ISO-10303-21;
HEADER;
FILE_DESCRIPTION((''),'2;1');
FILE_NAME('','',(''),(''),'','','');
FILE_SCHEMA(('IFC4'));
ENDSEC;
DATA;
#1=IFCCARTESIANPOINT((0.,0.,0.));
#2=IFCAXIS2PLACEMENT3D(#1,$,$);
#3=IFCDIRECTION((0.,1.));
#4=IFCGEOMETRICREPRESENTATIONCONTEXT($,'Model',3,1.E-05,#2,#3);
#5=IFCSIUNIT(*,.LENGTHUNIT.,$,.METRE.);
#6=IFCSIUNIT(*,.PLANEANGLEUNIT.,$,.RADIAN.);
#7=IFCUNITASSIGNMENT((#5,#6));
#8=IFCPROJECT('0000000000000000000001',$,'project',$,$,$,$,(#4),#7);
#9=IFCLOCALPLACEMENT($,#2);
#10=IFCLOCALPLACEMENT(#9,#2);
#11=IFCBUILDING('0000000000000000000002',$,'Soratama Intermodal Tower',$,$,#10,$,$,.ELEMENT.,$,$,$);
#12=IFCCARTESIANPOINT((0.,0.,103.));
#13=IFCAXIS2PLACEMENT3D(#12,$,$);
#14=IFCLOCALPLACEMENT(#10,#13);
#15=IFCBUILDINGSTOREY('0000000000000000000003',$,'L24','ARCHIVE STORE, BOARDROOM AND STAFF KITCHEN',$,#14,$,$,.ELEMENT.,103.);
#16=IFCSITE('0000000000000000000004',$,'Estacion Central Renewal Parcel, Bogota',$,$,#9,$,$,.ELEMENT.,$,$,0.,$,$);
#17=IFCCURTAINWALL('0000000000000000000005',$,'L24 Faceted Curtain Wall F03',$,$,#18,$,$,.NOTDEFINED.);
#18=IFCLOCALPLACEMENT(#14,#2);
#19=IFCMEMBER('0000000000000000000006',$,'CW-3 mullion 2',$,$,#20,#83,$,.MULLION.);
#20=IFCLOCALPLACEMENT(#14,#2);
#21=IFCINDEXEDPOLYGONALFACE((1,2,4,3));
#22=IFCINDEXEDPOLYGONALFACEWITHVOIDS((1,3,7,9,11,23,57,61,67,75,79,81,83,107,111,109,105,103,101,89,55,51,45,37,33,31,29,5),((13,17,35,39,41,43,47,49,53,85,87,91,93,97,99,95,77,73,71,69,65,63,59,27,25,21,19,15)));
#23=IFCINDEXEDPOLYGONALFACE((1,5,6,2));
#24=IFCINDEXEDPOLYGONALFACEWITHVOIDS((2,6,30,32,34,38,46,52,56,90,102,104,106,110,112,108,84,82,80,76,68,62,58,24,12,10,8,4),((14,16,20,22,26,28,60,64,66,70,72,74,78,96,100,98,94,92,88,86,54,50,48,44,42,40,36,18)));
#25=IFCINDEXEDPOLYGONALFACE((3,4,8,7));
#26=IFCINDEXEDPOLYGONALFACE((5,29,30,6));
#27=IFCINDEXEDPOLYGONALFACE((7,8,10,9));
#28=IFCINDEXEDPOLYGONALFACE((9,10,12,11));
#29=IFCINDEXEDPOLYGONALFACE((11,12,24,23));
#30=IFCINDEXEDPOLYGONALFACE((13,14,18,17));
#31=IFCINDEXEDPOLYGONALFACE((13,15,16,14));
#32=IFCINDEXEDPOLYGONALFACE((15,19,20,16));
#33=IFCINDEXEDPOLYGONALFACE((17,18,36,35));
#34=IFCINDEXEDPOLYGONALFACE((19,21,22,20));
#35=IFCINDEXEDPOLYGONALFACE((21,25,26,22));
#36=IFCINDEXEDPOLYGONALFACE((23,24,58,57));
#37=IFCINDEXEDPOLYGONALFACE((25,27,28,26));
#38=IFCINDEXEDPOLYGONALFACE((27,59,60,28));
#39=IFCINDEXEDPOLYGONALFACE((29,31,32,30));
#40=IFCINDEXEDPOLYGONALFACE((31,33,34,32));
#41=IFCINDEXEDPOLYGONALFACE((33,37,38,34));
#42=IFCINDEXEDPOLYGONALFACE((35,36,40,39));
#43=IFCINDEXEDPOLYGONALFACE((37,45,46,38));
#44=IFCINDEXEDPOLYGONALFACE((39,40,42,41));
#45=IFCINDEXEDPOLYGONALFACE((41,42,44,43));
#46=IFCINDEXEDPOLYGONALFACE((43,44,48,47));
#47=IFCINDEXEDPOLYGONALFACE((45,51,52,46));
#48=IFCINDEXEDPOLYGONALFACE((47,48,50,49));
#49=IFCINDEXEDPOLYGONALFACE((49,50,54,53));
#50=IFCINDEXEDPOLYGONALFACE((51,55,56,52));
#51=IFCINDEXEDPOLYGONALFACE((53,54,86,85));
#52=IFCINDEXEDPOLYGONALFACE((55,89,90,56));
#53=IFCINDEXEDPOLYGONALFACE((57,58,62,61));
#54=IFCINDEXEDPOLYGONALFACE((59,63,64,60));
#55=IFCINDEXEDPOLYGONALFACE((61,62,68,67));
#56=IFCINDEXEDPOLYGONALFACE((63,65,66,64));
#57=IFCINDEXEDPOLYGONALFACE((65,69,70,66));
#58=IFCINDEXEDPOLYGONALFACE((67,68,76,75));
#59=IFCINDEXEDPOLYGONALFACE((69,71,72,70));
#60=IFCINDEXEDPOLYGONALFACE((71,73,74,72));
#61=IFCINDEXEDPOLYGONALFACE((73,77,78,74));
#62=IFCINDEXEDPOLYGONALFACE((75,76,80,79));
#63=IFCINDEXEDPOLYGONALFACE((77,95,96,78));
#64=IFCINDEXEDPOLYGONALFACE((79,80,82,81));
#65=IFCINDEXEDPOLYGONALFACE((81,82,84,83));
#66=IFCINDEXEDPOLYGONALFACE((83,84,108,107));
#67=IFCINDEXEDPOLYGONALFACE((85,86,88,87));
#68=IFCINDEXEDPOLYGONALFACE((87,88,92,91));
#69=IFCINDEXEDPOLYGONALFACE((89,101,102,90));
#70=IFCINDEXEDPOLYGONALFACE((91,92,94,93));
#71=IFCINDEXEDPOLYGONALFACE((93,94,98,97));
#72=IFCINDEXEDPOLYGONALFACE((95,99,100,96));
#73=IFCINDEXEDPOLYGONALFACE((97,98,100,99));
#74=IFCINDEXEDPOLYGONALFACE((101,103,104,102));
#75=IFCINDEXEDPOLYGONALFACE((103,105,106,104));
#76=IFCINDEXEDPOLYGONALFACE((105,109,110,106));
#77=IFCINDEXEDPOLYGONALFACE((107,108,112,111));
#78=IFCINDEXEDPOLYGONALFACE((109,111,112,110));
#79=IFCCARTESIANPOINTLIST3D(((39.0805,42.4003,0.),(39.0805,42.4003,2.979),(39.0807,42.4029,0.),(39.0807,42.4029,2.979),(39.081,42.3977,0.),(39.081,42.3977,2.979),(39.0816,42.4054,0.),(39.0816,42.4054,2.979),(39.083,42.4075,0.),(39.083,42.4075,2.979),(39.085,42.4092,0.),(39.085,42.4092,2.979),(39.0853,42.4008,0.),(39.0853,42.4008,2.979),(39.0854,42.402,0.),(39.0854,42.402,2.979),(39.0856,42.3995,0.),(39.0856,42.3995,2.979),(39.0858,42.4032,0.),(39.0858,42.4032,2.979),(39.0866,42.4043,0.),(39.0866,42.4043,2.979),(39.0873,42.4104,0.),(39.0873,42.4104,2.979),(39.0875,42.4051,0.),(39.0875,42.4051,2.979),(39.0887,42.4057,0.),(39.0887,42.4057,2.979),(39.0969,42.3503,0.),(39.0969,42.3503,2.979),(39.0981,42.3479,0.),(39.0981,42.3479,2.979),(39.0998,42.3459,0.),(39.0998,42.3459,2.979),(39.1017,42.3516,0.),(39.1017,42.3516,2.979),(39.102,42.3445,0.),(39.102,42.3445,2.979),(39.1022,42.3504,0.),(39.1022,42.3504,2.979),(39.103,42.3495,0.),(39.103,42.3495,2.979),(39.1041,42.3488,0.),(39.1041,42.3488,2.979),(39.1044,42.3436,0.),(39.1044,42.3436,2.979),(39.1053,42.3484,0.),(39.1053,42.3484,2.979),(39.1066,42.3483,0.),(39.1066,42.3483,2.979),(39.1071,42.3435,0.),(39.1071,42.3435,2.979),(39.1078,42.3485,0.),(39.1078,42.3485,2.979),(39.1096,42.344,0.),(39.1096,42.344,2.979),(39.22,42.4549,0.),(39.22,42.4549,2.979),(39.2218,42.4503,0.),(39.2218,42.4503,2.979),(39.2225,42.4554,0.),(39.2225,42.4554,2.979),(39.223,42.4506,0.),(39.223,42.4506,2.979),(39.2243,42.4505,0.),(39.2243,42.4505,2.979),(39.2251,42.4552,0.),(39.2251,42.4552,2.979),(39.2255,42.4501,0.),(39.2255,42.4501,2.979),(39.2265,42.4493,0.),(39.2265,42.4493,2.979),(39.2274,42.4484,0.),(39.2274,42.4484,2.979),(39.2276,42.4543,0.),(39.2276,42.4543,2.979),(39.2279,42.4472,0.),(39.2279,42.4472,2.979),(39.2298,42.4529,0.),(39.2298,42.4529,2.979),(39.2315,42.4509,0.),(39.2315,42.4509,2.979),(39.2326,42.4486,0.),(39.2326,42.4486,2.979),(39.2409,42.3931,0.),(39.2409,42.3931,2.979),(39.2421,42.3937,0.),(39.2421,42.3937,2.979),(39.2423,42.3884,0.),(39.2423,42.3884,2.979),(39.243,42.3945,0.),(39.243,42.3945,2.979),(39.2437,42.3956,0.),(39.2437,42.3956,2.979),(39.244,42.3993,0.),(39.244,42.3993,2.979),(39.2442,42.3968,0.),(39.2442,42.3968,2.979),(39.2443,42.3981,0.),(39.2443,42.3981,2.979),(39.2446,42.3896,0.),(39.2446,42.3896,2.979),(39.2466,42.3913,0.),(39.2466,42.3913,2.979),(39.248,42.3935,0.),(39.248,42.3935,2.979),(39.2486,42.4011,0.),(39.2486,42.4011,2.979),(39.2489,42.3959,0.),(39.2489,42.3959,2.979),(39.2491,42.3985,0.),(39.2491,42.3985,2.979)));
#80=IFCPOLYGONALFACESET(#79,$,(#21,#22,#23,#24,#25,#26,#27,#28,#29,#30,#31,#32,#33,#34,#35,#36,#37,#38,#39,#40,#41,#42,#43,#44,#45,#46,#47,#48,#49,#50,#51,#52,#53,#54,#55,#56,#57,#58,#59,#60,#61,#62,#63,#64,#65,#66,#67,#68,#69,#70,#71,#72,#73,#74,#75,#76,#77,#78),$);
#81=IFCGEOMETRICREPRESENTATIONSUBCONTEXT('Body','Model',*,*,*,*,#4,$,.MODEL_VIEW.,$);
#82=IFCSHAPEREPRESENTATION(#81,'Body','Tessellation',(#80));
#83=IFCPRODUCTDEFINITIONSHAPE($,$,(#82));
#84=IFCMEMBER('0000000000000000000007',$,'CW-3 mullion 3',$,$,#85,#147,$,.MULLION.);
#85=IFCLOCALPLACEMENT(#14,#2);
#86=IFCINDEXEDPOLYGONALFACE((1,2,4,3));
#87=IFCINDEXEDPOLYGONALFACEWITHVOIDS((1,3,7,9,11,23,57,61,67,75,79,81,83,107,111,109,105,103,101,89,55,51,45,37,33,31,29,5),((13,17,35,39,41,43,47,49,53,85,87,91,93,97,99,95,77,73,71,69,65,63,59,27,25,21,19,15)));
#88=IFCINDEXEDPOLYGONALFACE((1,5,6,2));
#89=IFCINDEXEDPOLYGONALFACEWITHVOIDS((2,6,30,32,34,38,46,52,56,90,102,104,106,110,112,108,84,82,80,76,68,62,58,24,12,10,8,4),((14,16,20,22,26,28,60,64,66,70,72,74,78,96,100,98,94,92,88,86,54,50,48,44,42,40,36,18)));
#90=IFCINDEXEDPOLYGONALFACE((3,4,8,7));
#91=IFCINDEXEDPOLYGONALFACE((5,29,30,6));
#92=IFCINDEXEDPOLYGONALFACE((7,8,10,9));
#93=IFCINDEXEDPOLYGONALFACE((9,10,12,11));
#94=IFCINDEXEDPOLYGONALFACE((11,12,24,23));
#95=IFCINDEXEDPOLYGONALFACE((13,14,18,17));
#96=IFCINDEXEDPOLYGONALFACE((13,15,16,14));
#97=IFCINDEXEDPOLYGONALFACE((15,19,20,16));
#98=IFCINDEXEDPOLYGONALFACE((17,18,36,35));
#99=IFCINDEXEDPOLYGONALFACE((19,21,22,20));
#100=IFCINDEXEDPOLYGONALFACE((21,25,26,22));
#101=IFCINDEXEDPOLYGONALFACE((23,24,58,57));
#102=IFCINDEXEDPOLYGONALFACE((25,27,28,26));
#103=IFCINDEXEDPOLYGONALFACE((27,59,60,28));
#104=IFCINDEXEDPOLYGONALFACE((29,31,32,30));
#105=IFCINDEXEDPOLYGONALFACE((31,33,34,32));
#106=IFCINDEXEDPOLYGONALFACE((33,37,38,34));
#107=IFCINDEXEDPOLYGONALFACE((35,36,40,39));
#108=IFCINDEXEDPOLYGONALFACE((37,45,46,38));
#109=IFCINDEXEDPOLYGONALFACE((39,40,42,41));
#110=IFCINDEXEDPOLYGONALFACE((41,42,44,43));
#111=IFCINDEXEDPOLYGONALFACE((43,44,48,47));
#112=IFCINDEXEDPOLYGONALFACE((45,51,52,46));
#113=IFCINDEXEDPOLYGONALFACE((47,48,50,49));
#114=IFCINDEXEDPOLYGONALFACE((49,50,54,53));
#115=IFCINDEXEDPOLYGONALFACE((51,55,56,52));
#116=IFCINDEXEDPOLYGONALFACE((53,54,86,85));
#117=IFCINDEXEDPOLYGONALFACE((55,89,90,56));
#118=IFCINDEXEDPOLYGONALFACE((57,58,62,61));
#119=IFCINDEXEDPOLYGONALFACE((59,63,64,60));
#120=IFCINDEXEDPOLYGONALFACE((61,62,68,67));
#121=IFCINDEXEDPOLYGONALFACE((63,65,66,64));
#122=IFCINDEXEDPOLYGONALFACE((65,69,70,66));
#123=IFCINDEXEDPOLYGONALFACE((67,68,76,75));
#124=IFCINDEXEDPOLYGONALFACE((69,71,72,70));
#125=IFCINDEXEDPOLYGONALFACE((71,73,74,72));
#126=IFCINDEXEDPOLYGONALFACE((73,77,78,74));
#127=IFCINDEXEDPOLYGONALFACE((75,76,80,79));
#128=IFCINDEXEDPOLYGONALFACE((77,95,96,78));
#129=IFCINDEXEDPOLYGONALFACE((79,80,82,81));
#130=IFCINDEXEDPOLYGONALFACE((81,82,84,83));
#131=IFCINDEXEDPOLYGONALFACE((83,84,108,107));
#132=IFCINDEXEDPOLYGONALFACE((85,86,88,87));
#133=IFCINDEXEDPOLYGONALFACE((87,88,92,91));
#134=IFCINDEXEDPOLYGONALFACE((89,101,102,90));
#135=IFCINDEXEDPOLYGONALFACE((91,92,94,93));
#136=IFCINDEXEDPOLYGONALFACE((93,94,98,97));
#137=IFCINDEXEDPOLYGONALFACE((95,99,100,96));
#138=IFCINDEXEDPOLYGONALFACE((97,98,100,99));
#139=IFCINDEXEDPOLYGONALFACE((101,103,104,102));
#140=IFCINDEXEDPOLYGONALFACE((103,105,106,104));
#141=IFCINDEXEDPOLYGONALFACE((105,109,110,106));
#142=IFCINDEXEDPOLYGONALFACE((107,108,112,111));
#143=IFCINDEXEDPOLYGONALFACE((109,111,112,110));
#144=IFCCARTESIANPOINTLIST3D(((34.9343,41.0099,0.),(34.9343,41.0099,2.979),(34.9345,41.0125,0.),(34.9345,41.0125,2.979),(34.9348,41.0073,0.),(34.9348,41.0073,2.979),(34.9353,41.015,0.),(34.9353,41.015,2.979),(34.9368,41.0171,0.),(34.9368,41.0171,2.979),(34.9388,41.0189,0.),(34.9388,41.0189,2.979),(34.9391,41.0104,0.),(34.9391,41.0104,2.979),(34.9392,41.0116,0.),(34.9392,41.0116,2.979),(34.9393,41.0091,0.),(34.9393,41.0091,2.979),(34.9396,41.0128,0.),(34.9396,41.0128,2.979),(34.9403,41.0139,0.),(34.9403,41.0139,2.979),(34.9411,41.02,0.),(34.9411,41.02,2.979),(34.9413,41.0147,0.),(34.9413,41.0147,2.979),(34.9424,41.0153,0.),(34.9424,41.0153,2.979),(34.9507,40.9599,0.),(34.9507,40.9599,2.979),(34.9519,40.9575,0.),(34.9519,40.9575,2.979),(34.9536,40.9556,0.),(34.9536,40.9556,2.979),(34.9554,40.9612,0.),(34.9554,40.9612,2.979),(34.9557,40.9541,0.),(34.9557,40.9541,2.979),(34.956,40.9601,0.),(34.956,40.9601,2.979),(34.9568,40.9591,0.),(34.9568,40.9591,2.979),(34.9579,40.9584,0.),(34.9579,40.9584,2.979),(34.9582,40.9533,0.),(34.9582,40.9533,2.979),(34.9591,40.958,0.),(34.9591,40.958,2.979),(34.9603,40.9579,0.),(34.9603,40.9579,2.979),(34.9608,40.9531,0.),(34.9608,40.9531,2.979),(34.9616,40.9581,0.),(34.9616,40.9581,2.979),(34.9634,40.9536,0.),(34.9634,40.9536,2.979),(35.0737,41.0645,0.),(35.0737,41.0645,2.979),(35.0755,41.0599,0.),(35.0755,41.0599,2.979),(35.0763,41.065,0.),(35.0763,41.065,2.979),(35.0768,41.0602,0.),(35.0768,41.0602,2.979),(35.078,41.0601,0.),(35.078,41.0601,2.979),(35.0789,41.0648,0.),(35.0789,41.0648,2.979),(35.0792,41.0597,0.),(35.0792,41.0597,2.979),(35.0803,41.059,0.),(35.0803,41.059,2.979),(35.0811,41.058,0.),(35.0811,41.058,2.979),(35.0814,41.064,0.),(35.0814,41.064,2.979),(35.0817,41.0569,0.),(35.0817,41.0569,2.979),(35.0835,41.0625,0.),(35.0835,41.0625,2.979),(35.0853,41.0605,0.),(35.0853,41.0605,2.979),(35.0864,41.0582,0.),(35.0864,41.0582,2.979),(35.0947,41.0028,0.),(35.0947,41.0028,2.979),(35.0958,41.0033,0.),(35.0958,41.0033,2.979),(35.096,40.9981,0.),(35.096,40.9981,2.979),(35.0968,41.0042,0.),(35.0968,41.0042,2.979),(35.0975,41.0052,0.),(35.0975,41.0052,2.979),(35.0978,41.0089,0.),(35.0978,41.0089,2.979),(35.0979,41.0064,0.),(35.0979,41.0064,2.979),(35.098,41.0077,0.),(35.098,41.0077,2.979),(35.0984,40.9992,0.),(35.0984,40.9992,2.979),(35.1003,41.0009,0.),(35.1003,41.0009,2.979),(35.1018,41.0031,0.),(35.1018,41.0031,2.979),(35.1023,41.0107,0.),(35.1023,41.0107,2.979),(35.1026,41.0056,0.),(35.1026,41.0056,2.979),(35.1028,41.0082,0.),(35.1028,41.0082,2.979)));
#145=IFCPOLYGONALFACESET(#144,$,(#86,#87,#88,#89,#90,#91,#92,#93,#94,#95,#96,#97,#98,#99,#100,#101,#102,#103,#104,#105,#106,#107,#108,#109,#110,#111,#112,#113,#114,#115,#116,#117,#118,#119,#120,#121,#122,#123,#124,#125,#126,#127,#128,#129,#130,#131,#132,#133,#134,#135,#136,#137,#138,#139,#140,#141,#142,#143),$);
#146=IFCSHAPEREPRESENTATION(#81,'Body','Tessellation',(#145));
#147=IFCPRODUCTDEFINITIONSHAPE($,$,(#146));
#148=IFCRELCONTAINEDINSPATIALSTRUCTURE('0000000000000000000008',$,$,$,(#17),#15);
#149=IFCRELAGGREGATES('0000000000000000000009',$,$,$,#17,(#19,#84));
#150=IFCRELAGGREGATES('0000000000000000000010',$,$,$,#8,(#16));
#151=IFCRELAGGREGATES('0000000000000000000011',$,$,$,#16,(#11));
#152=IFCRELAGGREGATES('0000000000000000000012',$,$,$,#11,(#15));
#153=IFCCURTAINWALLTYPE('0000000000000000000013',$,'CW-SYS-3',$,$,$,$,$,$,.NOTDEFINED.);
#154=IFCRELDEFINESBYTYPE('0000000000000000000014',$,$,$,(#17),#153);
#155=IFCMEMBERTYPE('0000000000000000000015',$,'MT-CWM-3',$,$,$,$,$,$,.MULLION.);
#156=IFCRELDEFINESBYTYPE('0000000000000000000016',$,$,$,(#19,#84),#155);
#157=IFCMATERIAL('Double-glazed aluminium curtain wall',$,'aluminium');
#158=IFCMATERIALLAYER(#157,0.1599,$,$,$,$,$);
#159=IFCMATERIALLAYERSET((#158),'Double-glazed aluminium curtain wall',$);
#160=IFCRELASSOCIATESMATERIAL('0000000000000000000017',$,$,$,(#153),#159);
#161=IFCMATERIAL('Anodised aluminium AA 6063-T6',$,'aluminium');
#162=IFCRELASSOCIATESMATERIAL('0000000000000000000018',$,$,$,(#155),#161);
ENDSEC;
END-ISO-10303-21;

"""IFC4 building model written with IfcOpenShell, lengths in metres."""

from ifc_helpers import new_model, si_unit, direction, frame, origin, origin_2d, place, context, subcontext, project, spatial, hollow_rectangle, extrude, material, layer, layer_set, material_profile, profile_set, type_object, element, aggregate, save


model = new_model("IFC4")

# Units and contexts
model_context = context("Model", 3, precision=1e-05, world=origin(), true_north=direction((0.0, 1.0)))
body_context = subcontext(model_context, "Body", "Model", "MODEL_VIEW")
ifc_project = project(units=[si_unit("LENGTHUNIT", "METRE"), si_unit("PLANEANGLEUNIT", "RADIAN")], contexts=[model_context])

# Site, building, storey
site_placement = place(None, origin())
site = spatial("IfcSite", under=ifc_project, at=site_placement, Name="Estacion Central Renewal Parcel, Bogota", CompositionType="ELEMENT", RefElevation=0.0)
building_placement = place(site_placement, origin())
building = spatial("IfcBuilding", under=site, at=building_placement, Name="Soratama Intermodal Tower", CompositionType="ELEMENT")
storey_placement = place(building_placement, frame((0.0, 0.0, 103.0)))
storey = spatial("IfcBuildingStorey", under=building, at=storey_placement, Name="L24", Description="ARCHIVE STORE, BOARDROOM AND STAFF KITCHEN", CompositionType="ELEMENT", Elevation=103.0)

# Curtain wall, members
ifc_material_1 = material(Name="Double-glazed aluminium curtain wall", Category="aluminium")
ifc_layer_1 = layer(ifc_material_1, 0.1599)
ifc_layer_set_1 = layer_set([ifc_layer_1], Name="Double-glazed aluminium curtain wall")
curtain_wall_type = type_object("IfcCurtainWallType", Name="CW-SYS-3", PredefinedType="NOTDEFINED", material=ifc_layer_set_1)
curtain_wall_placement = place(storey_placement, origin())
curtain_wall = element("IfcCurtainWall", 1, at=curtain_wall_placement, inside=storey, type_object=curtain_wall_type, Name="L24 Faceted Curtain Wall F03", PredefinedType="NOTDEFINED")
ifc_material_2 = material(Name="Anodised aluminium AA 6063-T6", Category="aluminium")
ifc_material_profile_1 = material_profile(ifc_material_2, hollow_rectangle(XDim=0.0701, YDim=0.1599, WallThickness=0.0049, InnerFilletRadius=0.0049, OuterFilletRadius=0.01, at=origin_2d()), Name="CWM160X70X5")
ifc_profile_set_1 = profile_set([ifc_material_profile_1], Name="Anodised aluminium AA 6063-T6")
member_type_1 = type_object("IfcMemberType", Name="MT-CWM-3", PredefinedType="MULLION", material=ifc_profile_set_1)
member_1_placement = place(storey_placement, frame((39.1648, 42.3994, 0.0), z_axis=(0.0, 0.0, 1.0), x_axis=(0.317958, -0.948105, 0.0)))
member_1 = element("IfcMember", 2, at=member_1_placement, type_object=member_type_1, Name="CW-3 mullion 2", PredefinedType="MULLION", context=body_context, shape_type="SweptSolid", body=[
    extrude(hollow_rectangle(XDim=0.0701, YDim=0.1599, WallThickness=0.0049, InnerFilletRadius=0.0049, OuterFilletRadius=0.01, at=origin_2d()), origin(), (0.0, 0.0, 1.0), 2.979),
])
member_2_placement = place(storey_placement, frame((35.0186, 41.009, 0.0), z_axis=(0.0, 0.0, 1.0), x_axis=(0.317958, -0.948105, 0.0)))
member_2 = element("IfcMember", 3, at=member_2_placement, type_object=member_type_1, Name="CW-3 mullion 3", PredefinedType="MULLION", context=body_context, shape_type="SweptSolid", body=[
    extrude(hollow_rectangle(XDim=0.0701, YDim=0.1599, WallThickness=0.0049, InnerFilletRadius=0.0049, OuterFilletRadius=0.01, at=origin_2d()), origin(), (0.0, 0.0, 1.0), 2.979),
])
aggregate(curtain_wall, [member_1, member_2])

save(model, "model.ifc")
